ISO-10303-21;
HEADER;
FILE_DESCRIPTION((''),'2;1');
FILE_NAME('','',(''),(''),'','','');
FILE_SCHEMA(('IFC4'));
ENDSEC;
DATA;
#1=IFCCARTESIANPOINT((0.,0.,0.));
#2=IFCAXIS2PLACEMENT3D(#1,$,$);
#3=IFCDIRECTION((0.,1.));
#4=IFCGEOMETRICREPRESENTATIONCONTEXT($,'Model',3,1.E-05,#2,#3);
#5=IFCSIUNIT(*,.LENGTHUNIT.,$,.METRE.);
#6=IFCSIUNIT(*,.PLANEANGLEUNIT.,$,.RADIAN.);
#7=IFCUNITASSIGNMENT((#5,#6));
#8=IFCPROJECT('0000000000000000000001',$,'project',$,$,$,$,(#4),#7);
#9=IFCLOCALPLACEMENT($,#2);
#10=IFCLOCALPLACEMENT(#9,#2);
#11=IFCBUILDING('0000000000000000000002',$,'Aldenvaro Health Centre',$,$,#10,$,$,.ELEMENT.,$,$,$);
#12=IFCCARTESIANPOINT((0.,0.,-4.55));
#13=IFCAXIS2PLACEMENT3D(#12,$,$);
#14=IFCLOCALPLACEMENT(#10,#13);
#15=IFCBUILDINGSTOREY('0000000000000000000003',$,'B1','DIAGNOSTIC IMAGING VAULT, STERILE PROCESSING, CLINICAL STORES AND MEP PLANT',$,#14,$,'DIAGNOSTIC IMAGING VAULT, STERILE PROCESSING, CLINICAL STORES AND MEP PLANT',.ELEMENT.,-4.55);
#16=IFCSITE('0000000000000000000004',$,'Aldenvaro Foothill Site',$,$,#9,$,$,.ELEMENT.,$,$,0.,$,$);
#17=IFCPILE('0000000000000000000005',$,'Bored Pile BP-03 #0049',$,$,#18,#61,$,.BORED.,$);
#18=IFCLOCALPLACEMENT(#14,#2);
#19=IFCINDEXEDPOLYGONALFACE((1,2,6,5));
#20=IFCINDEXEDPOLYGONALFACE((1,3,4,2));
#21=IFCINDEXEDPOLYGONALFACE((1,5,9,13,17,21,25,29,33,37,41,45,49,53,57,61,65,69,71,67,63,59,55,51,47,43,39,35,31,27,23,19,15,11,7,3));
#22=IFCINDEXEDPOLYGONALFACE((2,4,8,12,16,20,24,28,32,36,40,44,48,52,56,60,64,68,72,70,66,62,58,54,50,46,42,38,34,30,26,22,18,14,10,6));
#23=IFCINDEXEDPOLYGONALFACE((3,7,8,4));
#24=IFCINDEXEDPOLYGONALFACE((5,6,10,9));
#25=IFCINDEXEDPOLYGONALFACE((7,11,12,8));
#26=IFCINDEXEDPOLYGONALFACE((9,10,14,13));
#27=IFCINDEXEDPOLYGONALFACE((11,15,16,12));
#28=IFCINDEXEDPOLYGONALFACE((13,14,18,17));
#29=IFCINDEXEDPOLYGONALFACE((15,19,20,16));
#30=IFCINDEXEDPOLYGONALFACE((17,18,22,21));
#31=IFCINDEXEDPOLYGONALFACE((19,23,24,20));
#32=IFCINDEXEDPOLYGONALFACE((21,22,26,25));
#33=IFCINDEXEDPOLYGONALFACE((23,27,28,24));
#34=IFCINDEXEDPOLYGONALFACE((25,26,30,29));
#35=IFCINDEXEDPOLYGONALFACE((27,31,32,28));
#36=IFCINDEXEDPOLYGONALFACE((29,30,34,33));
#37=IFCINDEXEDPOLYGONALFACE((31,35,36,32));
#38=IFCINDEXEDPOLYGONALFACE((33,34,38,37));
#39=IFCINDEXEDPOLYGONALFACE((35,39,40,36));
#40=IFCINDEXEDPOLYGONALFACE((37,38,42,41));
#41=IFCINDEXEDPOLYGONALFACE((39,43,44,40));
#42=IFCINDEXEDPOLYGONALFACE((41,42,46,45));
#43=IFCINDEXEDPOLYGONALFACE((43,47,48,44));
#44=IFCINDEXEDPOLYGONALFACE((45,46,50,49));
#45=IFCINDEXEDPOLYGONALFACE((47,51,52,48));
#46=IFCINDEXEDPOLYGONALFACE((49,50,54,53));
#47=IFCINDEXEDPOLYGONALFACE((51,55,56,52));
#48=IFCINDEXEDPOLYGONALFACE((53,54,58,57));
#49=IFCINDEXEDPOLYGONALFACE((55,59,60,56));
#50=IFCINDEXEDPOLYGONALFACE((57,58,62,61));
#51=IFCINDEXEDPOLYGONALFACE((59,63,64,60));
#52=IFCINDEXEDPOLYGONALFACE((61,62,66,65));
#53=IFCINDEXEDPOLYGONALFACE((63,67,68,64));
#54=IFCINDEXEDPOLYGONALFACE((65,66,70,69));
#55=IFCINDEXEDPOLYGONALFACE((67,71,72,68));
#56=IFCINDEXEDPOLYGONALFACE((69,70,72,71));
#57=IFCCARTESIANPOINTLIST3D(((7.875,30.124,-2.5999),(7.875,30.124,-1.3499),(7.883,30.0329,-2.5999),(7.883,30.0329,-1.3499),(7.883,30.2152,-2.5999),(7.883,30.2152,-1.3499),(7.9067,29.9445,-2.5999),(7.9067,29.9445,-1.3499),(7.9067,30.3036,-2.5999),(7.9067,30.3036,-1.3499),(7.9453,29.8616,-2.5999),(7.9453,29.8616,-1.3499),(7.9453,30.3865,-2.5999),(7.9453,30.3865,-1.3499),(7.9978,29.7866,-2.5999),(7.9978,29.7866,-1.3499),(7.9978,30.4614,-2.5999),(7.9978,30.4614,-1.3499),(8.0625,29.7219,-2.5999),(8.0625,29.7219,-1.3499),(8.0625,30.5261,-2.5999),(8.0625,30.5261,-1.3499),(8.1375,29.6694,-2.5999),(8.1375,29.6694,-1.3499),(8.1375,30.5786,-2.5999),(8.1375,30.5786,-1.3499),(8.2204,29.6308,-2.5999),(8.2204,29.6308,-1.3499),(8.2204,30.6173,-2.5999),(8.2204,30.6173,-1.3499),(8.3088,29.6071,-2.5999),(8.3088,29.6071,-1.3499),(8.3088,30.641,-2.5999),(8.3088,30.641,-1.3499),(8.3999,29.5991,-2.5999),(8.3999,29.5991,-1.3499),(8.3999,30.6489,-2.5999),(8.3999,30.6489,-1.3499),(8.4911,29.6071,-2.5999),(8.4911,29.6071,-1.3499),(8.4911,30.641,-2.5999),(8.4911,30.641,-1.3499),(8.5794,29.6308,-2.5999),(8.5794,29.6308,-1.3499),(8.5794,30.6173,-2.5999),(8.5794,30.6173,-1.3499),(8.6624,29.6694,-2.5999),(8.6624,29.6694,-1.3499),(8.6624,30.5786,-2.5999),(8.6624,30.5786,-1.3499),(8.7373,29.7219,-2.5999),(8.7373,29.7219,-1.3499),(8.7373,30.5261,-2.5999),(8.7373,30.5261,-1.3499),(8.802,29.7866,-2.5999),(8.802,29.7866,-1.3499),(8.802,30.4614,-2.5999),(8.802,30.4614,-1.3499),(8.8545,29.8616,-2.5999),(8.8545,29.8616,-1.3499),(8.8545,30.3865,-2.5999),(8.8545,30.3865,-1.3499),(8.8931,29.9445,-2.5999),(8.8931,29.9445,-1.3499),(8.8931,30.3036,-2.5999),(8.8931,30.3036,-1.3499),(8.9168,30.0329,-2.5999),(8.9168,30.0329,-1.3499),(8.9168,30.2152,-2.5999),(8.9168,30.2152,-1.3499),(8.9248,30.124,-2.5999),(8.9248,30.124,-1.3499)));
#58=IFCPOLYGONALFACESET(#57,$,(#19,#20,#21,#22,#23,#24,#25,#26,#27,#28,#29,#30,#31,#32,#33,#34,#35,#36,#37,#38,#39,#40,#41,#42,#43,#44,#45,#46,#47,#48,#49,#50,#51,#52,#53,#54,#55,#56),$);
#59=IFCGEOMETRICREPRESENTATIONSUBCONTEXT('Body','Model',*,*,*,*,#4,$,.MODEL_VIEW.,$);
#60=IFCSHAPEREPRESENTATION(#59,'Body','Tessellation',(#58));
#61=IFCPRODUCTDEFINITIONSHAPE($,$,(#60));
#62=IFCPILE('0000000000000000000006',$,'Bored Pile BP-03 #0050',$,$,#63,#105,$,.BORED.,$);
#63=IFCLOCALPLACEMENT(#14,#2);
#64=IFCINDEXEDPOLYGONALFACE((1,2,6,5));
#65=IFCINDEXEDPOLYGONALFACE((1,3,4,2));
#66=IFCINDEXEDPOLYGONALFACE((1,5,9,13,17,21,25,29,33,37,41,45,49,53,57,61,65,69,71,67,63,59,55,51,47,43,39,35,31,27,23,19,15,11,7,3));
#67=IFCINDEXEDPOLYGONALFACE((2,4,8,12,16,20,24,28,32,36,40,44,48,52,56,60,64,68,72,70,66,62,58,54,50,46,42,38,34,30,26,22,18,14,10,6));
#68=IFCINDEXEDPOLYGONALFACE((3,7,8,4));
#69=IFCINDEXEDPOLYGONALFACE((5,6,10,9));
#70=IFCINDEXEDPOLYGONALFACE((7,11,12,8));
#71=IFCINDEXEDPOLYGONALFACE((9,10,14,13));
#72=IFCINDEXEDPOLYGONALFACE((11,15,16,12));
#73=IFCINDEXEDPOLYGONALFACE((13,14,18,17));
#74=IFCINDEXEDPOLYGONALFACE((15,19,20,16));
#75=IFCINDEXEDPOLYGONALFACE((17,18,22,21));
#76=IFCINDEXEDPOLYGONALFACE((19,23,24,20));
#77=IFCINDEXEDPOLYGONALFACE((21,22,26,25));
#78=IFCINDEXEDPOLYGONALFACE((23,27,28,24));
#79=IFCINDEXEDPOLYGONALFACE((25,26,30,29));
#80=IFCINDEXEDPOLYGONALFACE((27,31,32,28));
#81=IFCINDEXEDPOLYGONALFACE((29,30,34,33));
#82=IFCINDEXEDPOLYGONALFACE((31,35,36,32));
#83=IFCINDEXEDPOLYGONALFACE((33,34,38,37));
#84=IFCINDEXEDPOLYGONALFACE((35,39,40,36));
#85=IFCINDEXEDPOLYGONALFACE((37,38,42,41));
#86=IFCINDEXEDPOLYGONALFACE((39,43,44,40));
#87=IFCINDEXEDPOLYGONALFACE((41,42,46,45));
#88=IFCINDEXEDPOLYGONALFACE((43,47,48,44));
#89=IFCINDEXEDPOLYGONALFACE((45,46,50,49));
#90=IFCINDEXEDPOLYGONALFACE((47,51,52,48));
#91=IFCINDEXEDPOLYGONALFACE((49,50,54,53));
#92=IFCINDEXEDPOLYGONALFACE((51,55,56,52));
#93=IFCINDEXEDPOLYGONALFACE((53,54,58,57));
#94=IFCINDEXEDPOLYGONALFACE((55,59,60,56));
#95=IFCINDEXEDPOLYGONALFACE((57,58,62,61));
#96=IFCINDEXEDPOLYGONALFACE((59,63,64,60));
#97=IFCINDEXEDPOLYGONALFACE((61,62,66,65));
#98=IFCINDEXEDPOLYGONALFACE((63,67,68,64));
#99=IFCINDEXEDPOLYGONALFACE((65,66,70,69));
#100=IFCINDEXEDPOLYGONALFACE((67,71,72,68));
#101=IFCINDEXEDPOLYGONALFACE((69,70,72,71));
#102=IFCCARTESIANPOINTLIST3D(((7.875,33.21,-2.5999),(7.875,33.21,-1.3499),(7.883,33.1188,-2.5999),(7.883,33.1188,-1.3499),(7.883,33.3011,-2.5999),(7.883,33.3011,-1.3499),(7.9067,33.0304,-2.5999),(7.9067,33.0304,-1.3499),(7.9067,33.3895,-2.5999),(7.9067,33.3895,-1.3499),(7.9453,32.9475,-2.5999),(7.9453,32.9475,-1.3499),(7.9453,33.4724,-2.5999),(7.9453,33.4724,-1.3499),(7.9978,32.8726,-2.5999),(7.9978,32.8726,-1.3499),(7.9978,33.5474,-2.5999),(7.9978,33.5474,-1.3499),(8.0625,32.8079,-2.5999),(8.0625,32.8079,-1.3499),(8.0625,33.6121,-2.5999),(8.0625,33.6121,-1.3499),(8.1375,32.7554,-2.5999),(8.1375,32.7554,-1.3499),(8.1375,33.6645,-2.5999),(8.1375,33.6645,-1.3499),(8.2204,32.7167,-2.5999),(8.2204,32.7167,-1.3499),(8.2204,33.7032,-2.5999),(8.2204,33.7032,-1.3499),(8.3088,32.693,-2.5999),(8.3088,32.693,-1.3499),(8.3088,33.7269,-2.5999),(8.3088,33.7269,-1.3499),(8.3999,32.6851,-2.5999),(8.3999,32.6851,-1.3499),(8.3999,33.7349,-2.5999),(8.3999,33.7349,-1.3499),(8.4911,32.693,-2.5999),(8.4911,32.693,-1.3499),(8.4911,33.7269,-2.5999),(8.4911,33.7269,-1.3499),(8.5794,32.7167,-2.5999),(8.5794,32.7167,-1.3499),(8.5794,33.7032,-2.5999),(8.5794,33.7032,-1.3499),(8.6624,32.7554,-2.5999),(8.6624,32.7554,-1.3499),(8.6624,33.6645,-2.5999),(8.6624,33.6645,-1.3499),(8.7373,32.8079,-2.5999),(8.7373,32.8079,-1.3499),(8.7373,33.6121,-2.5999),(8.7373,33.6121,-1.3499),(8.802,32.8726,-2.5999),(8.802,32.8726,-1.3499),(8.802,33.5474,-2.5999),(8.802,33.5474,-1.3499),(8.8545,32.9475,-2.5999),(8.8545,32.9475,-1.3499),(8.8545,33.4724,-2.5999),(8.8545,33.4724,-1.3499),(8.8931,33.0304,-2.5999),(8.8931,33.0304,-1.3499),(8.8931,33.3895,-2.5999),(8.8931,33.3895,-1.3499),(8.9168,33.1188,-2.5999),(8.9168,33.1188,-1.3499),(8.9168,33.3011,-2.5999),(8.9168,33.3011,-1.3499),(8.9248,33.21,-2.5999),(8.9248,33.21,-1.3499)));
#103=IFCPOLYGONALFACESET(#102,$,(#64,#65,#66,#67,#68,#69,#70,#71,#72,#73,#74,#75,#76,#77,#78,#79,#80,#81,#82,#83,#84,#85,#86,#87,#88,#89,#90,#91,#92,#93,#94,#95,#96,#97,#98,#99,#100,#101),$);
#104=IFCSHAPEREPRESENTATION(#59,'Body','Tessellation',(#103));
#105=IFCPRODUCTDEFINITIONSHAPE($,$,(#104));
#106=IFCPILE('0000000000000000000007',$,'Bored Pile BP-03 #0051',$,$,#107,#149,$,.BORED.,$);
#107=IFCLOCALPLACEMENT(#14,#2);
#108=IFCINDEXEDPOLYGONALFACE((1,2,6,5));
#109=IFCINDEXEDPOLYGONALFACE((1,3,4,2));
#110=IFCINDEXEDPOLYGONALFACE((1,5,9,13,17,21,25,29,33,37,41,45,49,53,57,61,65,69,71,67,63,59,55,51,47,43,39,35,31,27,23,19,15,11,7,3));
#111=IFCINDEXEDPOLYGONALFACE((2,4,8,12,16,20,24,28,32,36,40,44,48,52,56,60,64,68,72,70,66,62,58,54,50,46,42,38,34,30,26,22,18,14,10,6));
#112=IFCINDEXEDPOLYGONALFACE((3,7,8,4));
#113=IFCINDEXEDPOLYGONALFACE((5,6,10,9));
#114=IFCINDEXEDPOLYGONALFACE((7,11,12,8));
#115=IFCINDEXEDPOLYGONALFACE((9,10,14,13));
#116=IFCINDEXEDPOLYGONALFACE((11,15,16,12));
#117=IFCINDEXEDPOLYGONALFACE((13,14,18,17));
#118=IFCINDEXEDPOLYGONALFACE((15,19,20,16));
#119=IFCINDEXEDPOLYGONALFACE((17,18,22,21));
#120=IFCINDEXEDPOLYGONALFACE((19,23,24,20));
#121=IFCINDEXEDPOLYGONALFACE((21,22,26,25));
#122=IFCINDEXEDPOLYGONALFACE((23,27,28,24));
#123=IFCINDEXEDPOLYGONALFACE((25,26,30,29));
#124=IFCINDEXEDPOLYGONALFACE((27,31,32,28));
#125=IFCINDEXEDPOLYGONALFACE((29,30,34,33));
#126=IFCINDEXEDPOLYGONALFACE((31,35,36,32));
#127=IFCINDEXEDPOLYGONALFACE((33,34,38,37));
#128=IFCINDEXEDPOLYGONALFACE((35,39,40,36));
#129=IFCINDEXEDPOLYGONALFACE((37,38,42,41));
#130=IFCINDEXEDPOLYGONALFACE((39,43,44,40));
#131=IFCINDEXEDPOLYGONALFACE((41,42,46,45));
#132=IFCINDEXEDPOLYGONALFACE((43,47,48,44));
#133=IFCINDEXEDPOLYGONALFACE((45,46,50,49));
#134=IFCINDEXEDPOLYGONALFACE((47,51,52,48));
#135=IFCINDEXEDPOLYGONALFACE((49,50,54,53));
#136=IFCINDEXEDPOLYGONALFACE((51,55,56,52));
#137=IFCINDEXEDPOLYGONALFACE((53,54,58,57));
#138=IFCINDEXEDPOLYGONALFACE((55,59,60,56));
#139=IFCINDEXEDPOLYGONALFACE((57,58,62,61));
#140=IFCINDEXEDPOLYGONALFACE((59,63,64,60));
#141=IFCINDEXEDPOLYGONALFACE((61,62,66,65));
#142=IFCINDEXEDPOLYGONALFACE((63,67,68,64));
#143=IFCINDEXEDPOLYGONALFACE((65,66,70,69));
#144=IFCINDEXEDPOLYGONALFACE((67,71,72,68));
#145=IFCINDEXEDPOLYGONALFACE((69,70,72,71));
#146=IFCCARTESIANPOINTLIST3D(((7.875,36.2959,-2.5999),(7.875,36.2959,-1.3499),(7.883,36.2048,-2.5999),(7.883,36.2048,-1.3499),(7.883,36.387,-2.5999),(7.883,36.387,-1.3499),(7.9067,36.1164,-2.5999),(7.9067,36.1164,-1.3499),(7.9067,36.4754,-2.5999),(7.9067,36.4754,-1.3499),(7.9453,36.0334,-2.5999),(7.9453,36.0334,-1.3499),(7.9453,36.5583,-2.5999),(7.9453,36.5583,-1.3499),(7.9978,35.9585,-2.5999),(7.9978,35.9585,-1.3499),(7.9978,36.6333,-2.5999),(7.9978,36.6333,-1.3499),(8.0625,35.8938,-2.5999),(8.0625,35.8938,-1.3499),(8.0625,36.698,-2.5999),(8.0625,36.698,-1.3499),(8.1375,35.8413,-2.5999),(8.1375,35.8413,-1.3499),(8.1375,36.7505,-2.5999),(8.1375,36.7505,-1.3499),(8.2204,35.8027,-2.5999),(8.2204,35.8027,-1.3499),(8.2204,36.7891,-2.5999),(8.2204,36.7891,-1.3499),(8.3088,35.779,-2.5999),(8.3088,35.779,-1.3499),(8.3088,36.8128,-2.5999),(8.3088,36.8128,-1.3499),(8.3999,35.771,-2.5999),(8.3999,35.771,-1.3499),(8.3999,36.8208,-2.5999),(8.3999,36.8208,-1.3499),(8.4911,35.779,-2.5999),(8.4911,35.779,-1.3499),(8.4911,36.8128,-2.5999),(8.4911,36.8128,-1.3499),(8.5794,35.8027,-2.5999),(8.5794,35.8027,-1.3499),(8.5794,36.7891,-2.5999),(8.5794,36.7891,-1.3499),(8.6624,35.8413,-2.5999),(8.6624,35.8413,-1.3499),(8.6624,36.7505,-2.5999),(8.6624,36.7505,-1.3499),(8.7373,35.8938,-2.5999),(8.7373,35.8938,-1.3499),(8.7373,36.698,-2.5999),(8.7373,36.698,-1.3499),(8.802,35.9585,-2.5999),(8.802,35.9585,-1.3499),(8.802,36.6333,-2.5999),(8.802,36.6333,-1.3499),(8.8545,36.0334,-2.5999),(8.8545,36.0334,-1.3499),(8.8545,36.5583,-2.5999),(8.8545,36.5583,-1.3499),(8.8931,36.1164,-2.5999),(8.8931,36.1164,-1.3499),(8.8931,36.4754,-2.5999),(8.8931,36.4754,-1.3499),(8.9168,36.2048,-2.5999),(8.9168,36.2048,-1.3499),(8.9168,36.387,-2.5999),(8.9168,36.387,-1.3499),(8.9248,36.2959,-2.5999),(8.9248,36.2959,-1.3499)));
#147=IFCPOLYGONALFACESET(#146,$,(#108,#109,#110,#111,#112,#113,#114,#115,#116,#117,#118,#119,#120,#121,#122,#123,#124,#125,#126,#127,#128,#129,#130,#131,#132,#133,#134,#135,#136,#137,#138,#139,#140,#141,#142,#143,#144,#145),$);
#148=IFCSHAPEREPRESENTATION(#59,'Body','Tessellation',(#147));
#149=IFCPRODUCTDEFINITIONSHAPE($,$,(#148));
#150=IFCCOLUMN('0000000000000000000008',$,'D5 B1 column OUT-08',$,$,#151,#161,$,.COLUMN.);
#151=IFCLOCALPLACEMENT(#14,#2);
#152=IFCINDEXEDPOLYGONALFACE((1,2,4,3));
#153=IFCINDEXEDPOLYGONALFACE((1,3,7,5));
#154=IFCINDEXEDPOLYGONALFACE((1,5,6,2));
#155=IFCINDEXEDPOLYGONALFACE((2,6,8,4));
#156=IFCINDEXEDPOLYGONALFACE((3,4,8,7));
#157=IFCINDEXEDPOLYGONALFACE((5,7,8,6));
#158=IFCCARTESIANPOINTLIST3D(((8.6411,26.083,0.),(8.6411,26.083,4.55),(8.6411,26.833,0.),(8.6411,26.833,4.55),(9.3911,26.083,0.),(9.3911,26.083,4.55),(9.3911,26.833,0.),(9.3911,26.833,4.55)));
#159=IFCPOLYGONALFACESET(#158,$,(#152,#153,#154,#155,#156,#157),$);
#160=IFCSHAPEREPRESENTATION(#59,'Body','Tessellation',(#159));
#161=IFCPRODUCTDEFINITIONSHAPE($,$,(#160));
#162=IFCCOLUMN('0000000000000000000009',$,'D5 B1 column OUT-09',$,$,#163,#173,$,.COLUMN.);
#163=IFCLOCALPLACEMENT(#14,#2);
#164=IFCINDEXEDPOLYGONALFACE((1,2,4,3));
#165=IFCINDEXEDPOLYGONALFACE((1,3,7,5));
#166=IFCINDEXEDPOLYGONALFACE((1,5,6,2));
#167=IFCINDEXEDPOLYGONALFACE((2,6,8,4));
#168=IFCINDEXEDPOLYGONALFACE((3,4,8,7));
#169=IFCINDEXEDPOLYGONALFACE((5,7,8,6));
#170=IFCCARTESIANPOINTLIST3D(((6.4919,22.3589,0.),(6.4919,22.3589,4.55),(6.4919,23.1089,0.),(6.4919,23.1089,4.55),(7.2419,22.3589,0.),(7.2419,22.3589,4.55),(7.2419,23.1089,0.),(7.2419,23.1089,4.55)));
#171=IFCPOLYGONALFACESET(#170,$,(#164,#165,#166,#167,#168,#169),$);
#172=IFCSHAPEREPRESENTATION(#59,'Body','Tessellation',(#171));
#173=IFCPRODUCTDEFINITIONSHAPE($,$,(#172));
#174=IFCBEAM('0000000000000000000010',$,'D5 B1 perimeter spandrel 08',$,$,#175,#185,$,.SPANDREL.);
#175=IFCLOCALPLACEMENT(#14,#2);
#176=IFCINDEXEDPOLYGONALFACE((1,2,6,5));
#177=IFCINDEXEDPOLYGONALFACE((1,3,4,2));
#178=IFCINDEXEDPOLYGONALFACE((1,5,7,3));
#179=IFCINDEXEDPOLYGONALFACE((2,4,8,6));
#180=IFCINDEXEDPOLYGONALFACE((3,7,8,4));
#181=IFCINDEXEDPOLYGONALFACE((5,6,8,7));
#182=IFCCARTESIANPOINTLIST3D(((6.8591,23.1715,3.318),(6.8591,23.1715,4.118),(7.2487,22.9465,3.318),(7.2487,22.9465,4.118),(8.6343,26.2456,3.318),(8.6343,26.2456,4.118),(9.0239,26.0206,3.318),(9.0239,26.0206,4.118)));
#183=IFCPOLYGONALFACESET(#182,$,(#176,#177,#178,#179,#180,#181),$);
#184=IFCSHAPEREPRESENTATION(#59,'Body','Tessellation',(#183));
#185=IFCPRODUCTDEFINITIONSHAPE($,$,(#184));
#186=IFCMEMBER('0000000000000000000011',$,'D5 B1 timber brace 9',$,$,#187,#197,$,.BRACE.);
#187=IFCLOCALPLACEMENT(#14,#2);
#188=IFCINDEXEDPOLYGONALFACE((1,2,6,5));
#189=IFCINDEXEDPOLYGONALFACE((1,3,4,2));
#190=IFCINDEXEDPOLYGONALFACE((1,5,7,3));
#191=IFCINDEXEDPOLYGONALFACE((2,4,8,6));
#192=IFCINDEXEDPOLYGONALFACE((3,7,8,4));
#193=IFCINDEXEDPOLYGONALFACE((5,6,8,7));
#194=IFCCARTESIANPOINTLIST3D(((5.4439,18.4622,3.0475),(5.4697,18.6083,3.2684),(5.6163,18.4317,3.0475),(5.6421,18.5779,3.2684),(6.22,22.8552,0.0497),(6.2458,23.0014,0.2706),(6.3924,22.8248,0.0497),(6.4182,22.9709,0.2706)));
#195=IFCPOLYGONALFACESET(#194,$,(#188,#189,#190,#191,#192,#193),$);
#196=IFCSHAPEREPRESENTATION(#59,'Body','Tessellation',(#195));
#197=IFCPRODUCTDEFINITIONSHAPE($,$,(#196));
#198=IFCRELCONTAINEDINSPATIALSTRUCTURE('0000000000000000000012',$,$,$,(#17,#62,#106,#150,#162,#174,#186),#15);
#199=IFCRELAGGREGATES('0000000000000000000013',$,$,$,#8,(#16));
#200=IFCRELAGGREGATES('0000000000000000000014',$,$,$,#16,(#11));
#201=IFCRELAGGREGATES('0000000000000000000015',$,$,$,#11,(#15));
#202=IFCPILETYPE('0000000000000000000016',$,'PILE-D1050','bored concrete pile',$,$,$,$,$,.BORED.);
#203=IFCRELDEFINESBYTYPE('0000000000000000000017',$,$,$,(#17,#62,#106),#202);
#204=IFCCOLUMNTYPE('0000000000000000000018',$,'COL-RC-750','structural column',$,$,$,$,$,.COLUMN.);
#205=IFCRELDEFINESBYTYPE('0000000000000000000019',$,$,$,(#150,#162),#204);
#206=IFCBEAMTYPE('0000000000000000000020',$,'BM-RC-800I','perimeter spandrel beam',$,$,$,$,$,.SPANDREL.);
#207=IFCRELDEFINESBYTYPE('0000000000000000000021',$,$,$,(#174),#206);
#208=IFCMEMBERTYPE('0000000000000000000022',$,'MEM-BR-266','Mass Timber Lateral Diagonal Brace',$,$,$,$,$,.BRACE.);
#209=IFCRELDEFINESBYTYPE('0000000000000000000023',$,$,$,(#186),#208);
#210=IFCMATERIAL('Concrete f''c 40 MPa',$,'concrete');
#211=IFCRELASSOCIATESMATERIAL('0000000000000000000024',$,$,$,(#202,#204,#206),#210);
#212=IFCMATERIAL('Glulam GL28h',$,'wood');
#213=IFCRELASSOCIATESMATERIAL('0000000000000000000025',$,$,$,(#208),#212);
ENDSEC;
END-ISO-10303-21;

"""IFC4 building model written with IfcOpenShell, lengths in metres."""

from ifc_helpers import new_model, si_unit, direction, frame, origin, origin_2d, place, context, subcontext, project, spatial, rectangle, circle, extrude, material, material_profile, profile_set, type_object, element, save


model = new_model("IFC4")

# Units and contexts
model_context = context("Model", 3, precision=1e-05, world=origin(), true_north=direction((0.0, 1.0)))
body_context = subcontext(model_context, "Body", "Model", "MODEL_VIEW")
ifc_project = project(units=[si_unit("LENGTHUNIT", "METRE"), si_unit("PLANEANGLEUNIT", "RADIAN")], contexts=[model_context])

# Site, building, storey
site_placement = place(None, origin())
site = spatial("IfcSite", under=ifc_project, at=site_placement, Name="Aldenvaro Foothill Site", CompositionType="ELEMENT", RefElevation=0.0)
building_placement = place(site_placement, origin())
building = spatial("IfcBuilding", under=site, at=building_placement, Name="Aldenvaro Health Centre", CompositionType="ELEMENT")
storey_placement = place(building_placement, frame((0.0, 0.0, -4.55)))
storey = spatial("IfcBuildingStorey", under=building, at=storey_placement, Name="B1", Description="DIAGNOSTIC IMAGING VAULT, STERILE PROCESSING, CLINICAL STORES AND MEP PLANT", LongName="DIAGNOSTIC IMAGING VAULT, STERILE PROCESSING, CLINICAL STORES AND MEP PLANT", CompositionType="ELEMENT", Elevation=-4.55)

# Piles
ifc_material_1 = material(Name="Concrete f'c 40 MPa", Category="concrete")
ifc_material_profile_1 = material_profile(ifc_material_1, circle(Radius=0.5249, at=origin_2d()), Name="PILE D1050", Category="concrete")
ifc_profile_set_1 = profile_set([ifc_material_profile_1], Name="Concrete f'c 40 MPa")
pile_type = type_object("IfcPileType", Name="PILE-D1050", Description="bored concrete pile", PredefinedType="BORED", material=ifc_profile_set_1)
for number, where, z_axis, x_axis, name in (
    (1, (8.3999, 30.124, -1.3499), (0.0, 0.0, -1.0), (1.0, 0.0, 0.0), "Bored Pile BP-03 #0049"),
    (2, (8.3999, 33.21, -1.3499), (0.0, 0.0, -1.0), (1.0, 0.0, 0.0), "Bored Pile BP-03 #0050"),
    (3, (8.3999, 36.2959, -1.3499), (0.0, 0.0, -1.0), (1.0, 0.0, 0.0), "Bored Pile BP-03 #0051"),
):
    element("IfcPile", number, at=place(storey_placement, frame(where, z_axis=z_axis, x_axis=x_axis)), inside=storey, type_object=pile_type, Name=name, PredefinedType="BORED", context=body_context, shape_type="SweptSolid", body=[
        extrude(circle(Radius=0.5249, at=origin_2d()), origin(), (0.0, 0.0, 1.0), 1.25),
    ])

# Columns
ifc_material_profile_2 = material_profile(ifc_material_1, rectangle(XDim=0.75, YDim=0.75, at=origin_2d()), Name="RC 750x750", Category="concrete")
ifc_profile_set_2 = profile_set([ifc_material_profile_2], Name="Concrete f'c 40 MPa")
column_type = type_object("IfcColumnType", Name="COL-RC-750", Description="structural column", PredefinedType="COLUMN", material=ifc_profile_set_2)
for number, where, z_axis, x_axis, name in (
    (4, (9.0161, 26.458, 0.0), (0.0, 0.0, 1.0), (1.0, 0.0, 0.0), "D5 B1 column OUT-08"),
    (5, (6.8669, 22.7339, 0.0), (0.0, 0.0, 1.0), (1.0, 0.0, 0.0), "D5 B1 column OUT-09"),
):
    element("IfcColumn", number, at=place(storey_placement, frame(where, z_axis=z_axis, x_axis=x_axis)), inside=storey, type_object=column_type, Name=name, PredefinedType="COLUMN", context=body_context, shape_type="SweptSolid", body=[
        extrude(rectangle(XDim=0.75, YDim=0.75, at=origin_2d()), origin(), (0.0, 0.0, 1.0), 4.55),
    ])

# Beam
ifc_material_profile_3 = material_profile(ifc_material_1, rectangle(XDim=0.45, YDim=0.8, at=origin_2d()), Name="RC 450x800", Category="concrete")
ifc_profile_set_3 = profile_set([ifc_material_profile_3], Name="Concrete f'c 40 MPa")
beam_type = type_object("IfcBeamType", Name="BM-RC-800I", Description="perimeter spandrel beam", PredefinedType="SPANDREL", material=ifc_profile_set_3)
beam_placement = place(storey_placement, frame((8.8291, 26.1331, 3.718), z_axis=(-0.500082, -0.865978, 0.0), x_axis=(0.865978, -0.500082, 0.0)))
element("IfcBeam", 6, at=beam_placement, inside=storey, type_object=beam_type, Name="D5 B1 perimeter spandrel 08", PredefinedType="SPANDREL", context=body_context, shape_type="SweptSolid", body=[
    extrude(rectangle(XDim=0.45, YDim=0.8, at=origin_2d()), origin(), (0.0, 0.0, 1.0), 3.5498),
])

# Member
ifc_material_2 = material(Name="Glulam GL28h", Category="wood")
ifc_material_profile_4 = material_profile(ifc_material_2, rectangle(XDim=0.175, YDim=0.2661, at=origin_2d()), Name="GL 175x266", Category="wood")
ifc_profile_set_4 = profile_set([ifc_material_profile_4], Name="Glulam GL28h")
member_type = type_object("IfcMemberType", Name="MEM-BR-266", Description="Mass Timber Lateral Diagonal Brace", PredefinedType="BRACE", material=ifc_profile_set_4)
member_placement = place(storey_placement, frame((6.3191, 22.9131, 0.1602), z_axis=(-0.144401, -0.817349, 0.557754), x_axis=(0.98475, -0.173976, 0.0)))
element("IfcMember", 7, at=member_placement, inside=storey, type_object=member_type, Name="D5 B1 timber brace 9", PredefinedType="BRACE", context=body_context, shape_type="SweptSolid", body=[
    extrude(rectangle(XDim=0.175, YDim=0.2661, at=origin_2d()), origin(), (0.0, 0.0, 1.0), 5.3748),
])

save(model, "model.ifc")
